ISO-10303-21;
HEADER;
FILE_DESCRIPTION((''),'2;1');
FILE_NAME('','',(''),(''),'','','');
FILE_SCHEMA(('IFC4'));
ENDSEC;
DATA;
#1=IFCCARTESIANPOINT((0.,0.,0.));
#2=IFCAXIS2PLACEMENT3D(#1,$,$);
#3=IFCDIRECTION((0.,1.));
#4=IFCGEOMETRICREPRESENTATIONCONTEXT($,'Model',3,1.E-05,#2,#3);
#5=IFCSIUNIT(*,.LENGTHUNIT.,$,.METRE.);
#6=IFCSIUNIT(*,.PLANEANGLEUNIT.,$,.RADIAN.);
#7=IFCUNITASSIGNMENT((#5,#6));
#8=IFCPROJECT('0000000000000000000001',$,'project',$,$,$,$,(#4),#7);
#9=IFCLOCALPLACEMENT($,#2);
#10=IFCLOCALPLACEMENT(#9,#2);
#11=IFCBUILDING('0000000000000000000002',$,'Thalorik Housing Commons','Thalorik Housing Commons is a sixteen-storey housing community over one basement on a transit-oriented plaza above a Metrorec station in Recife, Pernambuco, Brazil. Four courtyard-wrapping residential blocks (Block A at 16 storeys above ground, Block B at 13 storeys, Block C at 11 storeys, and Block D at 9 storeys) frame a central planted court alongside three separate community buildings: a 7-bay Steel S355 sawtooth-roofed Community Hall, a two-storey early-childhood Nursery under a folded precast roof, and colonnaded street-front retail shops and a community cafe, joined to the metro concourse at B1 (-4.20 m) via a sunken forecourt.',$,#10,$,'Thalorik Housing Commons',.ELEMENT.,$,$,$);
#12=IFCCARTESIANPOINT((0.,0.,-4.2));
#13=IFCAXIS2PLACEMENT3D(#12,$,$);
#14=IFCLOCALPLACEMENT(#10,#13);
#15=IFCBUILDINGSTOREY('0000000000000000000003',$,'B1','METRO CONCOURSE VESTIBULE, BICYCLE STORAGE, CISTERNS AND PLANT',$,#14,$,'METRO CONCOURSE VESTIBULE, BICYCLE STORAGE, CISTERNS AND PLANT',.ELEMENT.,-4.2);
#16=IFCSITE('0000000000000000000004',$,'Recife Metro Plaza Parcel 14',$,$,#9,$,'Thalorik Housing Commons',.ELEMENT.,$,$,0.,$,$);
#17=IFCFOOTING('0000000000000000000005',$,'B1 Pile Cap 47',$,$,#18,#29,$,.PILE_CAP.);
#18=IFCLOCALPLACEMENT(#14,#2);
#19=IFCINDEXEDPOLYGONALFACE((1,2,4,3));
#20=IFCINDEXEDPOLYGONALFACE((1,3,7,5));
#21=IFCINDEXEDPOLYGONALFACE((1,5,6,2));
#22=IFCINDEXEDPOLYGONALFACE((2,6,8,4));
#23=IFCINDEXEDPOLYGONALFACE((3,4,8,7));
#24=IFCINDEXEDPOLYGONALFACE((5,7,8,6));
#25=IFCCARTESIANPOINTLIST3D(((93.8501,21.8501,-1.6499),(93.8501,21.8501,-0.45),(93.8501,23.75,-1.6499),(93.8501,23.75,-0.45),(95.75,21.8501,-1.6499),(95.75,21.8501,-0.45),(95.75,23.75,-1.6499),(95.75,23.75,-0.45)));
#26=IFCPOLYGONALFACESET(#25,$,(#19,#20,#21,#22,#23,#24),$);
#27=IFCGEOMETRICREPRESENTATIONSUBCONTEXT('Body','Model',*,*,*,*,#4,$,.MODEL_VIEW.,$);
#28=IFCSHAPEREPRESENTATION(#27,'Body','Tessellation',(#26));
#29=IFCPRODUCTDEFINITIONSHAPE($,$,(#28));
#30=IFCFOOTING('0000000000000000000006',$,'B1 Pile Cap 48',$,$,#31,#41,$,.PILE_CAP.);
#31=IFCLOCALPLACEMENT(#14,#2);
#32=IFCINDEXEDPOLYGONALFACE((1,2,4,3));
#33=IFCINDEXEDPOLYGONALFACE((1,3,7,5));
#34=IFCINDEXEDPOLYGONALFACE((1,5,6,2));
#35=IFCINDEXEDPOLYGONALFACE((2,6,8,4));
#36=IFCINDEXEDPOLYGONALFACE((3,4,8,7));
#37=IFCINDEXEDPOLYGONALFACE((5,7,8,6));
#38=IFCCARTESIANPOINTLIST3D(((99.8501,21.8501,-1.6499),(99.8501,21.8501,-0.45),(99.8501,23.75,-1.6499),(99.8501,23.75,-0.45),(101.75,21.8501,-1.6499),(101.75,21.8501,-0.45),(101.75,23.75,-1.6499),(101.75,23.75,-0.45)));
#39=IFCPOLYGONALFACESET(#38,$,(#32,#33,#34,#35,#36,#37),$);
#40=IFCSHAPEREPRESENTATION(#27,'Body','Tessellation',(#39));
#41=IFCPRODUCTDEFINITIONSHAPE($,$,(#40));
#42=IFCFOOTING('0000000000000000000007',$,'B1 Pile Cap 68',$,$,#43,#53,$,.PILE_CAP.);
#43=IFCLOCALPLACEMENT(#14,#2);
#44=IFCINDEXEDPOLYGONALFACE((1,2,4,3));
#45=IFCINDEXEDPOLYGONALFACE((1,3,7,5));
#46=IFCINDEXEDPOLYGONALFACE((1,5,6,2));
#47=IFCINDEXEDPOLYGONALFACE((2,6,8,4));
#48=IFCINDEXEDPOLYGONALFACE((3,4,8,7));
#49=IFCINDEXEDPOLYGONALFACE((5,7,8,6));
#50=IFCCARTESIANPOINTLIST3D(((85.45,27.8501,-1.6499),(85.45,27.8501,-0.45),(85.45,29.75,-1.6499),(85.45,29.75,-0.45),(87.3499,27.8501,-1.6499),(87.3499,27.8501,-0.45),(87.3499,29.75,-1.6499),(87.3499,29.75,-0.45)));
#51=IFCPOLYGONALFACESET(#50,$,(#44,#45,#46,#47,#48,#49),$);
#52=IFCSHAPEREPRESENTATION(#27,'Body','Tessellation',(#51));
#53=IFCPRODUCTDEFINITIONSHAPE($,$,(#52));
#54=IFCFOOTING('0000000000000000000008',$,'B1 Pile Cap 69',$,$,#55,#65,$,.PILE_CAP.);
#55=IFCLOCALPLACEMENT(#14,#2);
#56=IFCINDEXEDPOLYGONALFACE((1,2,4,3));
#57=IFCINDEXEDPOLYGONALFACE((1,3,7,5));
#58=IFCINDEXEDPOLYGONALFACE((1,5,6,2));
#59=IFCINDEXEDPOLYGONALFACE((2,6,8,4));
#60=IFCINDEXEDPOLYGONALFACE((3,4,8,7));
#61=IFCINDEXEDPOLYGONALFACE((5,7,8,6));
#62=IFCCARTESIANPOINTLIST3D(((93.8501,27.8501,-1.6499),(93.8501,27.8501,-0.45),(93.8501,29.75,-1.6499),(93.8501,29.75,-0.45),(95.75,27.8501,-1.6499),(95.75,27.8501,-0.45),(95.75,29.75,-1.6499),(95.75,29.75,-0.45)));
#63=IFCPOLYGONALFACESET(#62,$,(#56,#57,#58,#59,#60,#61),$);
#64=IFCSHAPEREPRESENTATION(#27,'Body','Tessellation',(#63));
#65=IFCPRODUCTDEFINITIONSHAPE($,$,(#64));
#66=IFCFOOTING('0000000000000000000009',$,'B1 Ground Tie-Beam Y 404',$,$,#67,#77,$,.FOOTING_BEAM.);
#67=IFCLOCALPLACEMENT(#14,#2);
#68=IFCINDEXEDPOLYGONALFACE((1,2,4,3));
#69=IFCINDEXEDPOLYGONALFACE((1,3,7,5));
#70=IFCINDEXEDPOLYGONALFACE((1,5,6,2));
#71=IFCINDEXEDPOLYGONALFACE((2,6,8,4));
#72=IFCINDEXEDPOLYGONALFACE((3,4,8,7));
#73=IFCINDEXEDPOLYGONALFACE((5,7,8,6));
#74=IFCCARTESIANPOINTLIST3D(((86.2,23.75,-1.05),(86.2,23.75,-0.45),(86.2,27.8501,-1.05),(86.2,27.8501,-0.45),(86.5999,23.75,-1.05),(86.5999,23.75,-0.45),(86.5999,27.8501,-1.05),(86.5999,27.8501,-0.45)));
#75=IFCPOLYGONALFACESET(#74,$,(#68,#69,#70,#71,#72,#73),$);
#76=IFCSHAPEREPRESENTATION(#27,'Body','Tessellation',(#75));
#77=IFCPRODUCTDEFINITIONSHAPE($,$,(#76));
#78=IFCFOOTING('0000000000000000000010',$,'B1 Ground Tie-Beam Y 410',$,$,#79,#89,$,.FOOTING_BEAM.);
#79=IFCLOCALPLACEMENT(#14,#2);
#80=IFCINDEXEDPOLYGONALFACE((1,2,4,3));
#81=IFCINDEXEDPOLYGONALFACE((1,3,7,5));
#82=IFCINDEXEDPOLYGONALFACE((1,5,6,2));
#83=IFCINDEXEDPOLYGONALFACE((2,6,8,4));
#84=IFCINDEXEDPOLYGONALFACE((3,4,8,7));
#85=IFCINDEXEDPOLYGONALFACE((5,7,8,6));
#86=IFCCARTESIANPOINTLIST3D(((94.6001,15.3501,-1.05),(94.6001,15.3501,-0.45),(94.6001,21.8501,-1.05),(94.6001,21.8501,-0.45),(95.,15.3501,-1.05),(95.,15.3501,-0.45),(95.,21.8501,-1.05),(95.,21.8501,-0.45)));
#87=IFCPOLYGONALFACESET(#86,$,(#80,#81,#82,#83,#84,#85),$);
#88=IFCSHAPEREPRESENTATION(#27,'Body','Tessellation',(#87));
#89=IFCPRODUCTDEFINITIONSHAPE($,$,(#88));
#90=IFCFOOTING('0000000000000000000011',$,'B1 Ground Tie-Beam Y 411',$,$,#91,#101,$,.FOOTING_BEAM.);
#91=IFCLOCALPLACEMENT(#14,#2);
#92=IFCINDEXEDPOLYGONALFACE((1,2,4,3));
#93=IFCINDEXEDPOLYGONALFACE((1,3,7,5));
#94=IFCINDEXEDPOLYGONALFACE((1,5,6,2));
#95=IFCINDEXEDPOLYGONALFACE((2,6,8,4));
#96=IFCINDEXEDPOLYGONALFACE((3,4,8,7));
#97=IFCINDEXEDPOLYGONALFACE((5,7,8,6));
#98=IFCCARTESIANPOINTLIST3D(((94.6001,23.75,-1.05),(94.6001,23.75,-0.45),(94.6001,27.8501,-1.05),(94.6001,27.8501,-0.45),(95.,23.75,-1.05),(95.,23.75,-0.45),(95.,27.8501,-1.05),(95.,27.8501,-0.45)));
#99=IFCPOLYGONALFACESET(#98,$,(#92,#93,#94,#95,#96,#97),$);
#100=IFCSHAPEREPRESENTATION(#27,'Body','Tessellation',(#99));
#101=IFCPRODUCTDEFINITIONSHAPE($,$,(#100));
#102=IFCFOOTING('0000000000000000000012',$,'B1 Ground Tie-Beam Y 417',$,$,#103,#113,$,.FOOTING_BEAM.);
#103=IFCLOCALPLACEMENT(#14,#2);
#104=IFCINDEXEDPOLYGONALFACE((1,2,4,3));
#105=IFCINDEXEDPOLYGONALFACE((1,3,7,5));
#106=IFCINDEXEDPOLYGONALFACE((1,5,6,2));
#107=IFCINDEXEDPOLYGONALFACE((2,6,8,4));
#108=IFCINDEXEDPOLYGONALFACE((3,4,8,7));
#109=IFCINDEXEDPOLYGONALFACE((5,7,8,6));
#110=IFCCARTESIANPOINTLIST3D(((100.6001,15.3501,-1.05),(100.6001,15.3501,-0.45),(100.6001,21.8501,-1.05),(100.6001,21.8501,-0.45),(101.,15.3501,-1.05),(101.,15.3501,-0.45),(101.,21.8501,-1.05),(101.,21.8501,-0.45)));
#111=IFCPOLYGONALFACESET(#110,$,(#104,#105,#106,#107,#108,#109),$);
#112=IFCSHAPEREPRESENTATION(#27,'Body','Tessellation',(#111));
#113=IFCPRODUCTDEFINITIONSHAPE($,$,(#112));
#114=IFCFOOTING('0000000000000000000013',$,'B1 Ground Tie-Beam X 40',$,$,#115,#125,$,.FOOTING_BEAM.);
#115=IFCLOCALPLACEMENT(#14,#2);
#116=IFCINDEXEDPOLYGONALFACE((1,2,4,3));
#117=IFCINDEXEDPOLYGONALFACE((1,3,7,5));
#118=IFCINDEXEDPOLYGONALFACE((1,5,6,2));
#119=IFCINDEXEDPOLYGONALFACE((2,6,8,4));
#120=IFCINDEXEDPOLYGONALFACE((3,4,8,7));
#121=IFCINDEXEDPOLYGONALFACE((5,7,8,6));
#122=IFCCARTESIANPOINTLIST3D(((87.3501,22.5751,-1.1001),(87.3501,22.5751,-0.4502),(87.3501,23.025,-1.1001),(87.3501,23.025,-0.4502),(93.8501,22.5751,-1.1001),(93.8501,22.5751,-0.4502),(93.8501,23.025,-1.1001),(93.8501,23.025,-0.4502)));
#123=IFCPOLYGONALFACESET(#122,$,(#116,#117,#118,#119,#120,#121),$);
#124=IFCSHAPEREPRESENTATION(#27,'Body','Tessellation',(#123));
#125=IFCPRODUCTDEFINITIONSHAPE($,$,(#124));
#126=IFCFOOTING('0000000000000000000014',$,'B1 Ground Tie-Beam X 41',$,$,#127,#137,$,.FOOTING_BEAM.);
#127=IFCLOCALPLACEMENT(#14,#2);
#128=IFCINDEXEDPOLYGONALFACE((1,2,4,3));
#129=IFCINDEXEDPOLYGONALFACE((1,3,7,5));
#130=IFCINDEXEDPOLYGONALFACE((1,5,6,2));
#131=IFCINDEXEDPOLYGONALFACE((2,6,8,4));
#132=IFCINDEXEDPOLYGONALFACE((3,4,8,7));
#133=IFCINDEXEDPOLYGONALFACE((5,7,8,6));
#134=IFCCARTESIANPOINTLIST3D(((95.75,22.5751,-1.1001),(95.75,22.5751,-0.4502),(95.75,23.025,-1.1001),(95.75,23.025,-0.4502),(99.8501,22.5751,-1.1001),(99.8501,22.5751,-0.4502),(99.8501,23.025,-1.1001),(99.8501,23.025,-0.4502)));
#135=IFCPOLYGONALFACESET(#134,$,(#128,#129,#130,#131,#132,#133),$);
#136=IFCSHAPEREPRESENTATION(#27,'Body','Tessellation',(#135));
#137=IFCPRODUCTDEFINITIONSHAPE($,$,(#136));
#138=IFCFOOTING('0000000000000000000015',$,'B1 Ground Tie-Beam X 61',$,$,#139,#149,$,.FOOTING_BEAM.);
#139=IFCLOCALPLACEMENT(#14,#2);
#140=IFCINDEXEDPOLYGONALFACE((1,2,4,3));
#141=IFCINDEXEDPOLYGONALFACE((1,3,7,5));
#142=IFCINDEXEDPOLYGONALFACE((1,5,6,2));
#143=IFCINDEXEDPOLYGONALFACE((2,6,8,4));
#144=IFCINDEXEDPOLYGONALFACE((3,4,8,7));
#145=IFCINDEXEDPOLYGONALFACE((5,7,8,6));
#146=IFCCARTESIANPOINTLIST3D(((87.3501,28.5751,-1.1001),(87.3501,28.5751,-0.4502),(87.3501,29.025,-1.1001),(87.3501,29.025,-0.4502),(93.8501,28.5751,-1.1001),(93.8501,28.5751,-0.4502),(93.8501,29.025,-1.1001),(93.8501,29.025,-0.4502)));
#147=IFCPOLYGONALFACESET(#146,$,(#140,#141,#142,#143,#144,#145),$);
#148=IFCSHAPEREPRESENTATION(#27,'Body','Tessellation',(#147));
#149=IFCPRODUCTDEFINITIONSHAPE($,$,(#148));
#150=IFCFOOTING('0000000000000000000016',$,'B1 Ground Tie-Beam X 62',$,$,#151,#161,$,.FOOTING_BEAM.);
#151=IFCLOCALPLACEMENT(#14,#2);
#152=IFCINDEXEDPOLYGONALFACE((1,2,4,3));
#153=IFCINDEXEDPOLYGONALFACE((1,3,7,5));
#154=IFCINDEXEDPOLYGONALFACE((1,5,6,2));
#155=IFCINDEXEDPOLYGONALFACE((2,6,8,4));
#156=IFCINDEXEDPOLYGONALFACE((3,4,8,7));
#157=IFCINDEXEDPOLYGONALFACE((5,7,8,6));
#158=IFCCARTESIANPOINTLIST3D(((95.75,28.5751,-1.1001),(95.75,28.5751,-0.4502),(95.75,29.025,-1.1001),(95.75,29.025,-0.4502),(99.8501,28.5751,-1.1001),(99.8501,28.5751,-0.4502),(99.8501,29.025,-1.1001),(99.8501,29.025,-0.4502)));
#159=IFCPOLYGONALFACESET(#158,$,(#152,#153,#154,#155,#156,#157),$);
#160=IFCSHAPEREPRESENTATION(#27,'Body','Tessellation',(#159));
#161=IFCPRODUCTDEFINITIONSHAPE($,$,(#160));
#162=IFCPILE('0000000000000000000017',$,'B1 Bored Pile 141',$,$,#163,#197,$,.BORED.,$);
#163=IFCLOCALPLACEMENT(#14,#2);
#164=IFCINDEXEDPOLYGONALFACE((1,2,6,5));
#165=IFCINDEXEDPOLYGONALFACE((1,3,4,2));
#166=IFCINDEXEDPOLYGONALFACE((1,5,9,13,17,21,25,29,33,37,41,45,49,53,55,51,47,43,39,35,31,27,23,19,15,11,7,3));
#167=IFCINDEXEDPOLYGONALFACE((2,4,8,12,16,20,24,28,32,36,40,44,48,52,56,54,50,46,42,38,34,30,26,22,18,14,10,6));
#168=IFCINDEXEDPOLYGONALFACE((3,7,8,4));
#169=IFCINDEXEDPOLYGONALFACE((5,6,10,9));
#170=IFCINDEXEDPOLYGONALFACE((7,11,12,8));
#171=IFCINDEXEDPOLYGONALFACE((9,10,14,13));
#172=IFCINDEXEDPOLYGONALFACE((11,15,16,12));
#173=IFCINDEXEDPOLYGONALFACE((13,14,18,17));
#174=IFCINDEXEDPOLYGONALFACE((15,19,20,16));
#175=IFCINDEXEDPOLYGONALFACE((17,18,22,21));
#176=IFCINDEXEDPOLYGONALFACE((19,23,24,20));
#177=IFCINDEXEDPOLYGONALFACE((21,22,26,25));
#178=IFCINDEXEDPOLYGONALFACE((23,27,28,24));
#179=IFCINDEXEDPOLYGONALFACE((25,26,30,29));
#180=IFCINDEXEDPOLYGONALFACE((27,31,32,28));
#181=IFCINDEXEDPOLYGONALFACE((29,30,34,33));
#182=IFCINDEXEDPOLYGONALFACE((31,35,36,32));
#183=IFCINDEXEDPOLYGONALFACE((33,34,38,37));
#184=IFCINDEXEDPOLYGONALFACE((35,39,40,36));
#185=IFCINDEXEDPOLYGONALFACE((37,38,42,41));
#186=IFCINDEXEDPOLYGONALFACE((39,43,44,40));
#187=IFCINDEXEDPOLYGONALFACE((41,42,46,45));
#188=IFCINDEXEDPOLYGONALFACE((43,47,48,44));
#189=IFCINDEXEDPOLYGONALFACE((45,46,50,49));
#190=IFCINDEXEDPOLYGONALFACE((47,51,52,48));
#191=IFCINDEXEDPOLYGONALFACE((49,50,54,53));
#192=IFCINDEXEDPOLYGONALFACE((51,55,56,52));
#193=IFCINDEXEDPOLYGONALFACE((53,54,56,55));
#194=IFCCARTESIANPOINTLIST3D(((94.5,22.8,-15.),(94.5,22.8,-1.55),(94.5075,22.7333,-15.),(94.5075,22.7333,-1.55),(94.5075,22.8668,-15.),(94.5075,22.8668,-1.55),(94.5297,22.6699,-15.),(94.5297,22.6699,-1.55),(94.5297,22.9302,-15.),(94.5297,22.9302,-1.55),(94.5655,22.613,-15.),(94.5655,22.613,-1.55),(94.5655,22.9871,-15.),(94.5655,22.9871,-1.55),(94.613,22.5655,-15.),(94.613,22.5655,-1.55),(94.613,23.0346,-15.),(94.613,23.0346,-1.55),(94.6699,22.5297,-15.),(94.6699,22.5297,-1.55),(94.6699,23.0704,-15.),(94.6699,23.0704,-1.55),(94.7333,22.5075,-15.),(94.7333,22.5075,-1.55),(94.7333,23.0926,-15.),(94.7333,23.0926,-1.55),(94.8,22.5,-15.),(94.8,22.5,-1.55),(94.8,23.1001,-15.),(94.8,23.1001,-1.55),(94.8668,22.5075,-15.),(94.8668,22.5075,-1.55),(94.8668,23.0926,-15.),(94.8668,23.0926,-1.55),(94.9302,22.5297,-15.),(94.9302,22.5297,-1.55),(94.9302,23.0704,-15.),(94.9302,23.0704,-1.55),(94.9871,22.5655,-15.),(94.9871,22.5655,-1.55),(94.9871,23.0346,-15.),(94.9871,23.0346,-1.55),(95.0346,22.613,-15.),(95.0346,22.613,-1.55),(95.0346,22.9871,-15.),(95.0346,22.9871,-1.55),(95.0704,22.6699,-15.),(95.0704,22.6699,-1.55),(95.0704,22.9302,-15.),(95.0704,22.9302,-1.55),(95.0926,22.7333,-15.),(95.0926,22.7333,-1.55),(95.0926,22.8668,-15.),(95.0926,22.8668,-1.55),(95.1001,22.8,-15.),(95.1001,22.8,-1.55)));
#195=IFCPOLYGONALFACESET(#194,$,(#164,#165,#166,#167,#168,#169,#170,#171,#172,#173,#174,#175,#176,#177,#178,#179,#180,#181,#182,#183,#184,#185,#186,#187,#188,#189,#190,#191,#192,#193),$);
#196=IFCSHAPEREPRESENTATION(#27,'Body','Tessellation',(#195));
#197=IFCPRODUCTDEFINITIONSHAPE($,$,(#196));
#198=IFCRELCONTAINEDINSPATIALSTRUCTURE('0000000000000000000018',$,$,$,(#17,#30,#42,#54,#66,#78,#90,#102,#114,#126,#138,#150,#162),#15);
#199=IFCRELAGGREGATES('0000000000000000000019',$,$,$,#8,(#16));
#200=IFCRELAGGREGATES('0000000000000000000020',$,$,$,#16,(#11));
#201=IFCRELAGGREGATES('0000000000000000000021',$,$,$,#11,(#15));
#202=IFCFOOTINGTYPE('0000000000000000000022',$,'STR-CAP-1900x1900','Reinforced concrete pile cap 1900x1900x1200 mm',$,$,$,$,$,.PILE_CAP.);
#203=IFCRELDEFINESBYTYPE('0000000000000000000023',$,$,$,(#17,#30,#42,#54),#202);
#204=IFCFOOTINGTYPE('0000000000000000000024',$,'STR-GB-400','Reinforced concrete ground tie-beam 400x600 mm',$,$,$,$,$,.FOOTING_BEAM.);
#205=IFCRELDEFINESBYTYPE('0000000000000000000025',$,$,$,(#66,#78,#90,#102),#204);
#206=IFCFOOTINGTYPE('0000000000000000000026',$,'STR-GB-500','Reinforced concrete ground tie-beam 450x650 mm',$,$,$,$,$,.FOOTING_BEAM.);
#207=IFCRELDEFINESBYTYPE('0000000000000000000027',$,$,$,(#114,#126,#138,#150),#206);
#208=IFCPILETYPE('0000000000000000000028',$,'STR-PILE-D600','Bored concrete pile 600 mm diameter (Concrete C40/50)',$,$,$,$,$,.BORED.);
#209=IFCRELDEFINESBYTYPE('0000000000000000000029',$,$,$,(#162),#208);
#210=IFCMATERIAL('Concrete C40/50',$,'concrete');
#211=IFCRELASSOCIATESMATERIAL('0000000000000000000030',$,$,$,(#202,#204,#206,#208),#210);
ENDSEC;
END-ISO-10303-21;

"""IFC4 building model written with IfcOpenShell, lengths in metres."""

from ifc_helpers import new_model, si_unit, direction, frame, origin, origin_2d, place, context, subcontext, project, spatial, rectangle, circle, extrude, material, material_profile, profile_set, type_object, element, save


model = new_model("IFC4")

# Units and contexts
model_context = context("Model", 3, precision=1e-05, world=origin(), true_north=direction((0.0, 1.0)))
body_context = subcontext(model_context, "Body", "Model", "MODEL_VIEW")
ifc_project = project(units=[si_unit("LENGTHUNIT", "METRE"), si_unit("PLANEANGLEUNIT", "RADIAN")], contexts=[model_context])

# Site, building, storey
site_placement = place(None, origin())
site = spatial("IfcSite", under=ifc_project, at=site_placement, Name="Recife Metro Plaza Parcel 14", LongName="Thalorik Housing Commons", CompositionType="ELEMENT", RefElevation=0.0)
building_placement = place(site_placement, origin())
building = spatial("IfcBuilding", under=site, at=building_placement, Name="Thalorik Housing Commons", Description="Thalorik Housing Commons is a sixteen-storey housing community over one basement on a transit-oriented plaza above a Metrorec station in Recife, Pernambuco, Brazil. Four courtyard-wrapping residential blocks (Block A at 16 storeys above ground, Block B at 13 storeys, Block C at 11 storeys, and Block D at 9 storeys) frame a central planted court alongside three separate community buildings: a 7-bay Steel S355 sawtooth-roofed Community Hall, a two-storey early-childhood Nursery under a folded precast roof, and colonnaded street-front retail shops and a community cafe, joined to the metro concourse at B1 (-4.20 m) via a sunken forecourt.", LongName="Thalorik Housing Commons", CompositionType="ELEMENT")
storey_placement = place(building_placement, frame((0.0, 0.0, -4.2)))
storey = spatial("IfcBuildingStorey", under=building, at=storey_placement, Name="B1", Description="METRO CONCOURSE VESTIBULE, BICYCLE STORAGE, CISTERNS AND PLANT", LongName="METRO CONCOURSE VESTIBULE, BICYCLE STORAGE, CISTERNS AND PLANT", CompositionType="ELEMENT", Elevation=-4.2)

# Footings
ifc_material_1 = material(Name="Concrete C40/50", Category="concrete")
footing_type_1 = type_object("IfcFootingType", Name="STR-CAP-1900x1900", Description="Reinforced concrete pile cap 1900x1900x1200 mm", PredefinedType="PILE_CAP", material=ifc_material_1)
for number, where, z_axis, x_axis, name in (
    (1, (94.8, 22.8, -1.6499), (0.0, 0.0, 1.0), (1.0, 0.0, 0.0), "B1 Pile Cap 47"),
    (2, (100.8, 22.8, -1.6499), (0.0, 0.0, 1.0), (1.0, 0.0, 0.0), "B1 Pile Cap 48"),
    (3, (86.3999, 28.8, -1.6499), (0.0, 0.0, 1.0), (1.0, 0.0, 0.0), "B1 Pile Cap 68"),
    (4, (94.8, 28.8, -1.6499), (0.0, 0.0, 1.0), (1.0, 0.0, 0.0), "B1 Pile Cap 69"),
):
    element("IfcFooting", number, at=place(storey_placement, frame(where, z_axis=z_axis, x_axis=x_axis)), inside=storey, type_object=footing_type_1, Name=name, PredefinedType="PILE_CAP", context=body_context, shape_type="SweptSolid", body=[
        extrude(rectangle(XDim=1.8999, YDim=1.8999, at=origin_2d()), origin(), (0.0, 0.0, 1.0), 1.2),
    ])
ifc_material_profile_1 = material_profile(ifc_material_1, rectangle(XDim=0.3999, YDim=0.6001, at=origin_2d()), Name="RC 400x600", Category="concrete")
ifc_profile_set_1 = profile_set([ifc_material_profile_1], Name="Concrete C40/50")
footing_type_2 = type_object("IfcFootingType", Name="STR-GB-400", Description="Reinforced concrete ground tie-beam 400x600 mm", PredefinedType="FOOTING_BEAM", material=ifc_profile_set_1)
footing_1_placement = place(storey_placement, frame((86.3999, 23.75, -0.75), z_axis=(0.0, 1.0, 0.0), x_axis=(-1.0, 0.0, 0.0)))
element("IfcFooting", 5, at=footing_1_placement, inside=storey, type_object=footing_type_2, Name="B1 Ground Tie-Beam Y 404", PredefinedType="FOOTING_BEAM", context=body_context, shape_type="SweptSolid", body=[
    extrude(rectangle(XDim=0.3999, YDim=0.6001, at=origin_2d()), origin(), (0.0, 0.0, 1.0), 4.1001),
])
footing_2_placement = place(storey_placement, frame((94.8, 15.3501, -0.75), z_axis=(0.0, 1.0, 0.0), x_axis=(-1.0, 0.0, 0.0)))
element("IfcFooting", 6, at=footing_2_placement, inside=storey, type_object=footing_type_2, Name="B1 Ground Tie-Beam Y 410", PredefinedType="FOOTING_BEAM", context=body_context, shape_type="SweptSolid", body=[
    extrude(rectangle(XDim=0.3999, YDim=0.6001, at=origin_2d()), origin(), (0.0, 0.0, 1.0), 6.5),
])
footing_3_placement = place(storey_placement, frame((94.8, 23.75, -0.75), z_axis=(0.0, 1.0, 0.0), x_axis=(-1.0, 0.0, 0.0)))
element("IfcFooting", 7, at=footing_3_placement, inside=storey, type_object=footing_type_2, Name="B1 Ground Tie-Beam Y 411", PredefinedType="FOOTING_BEAM", context=body_context, shape_type="SweptSolid", body=[
    extrude(rectangle(XDim=0.3999, YDim=0.6001, at=origin_2d()), origin(), (0.0, 0.0, 1.0), 4.1001),
])
footing_4_placement = place(storey_placement, frame((100.8, 15.3501, -0.75), z_axis=(0.0, 1.0, 0.0), x_axis=(-1.0, 0.0, 0.0)))
element("IfcFooting", 8, at=footing_4_placement, inside=storey, type_object=footing_type_2, Name="B1 Ground Tie-Beam Y 417", PredefinedType="FOOTING_BEAM", context=body_context, shape_type="SweptSolid", body=[
    extrude(rectangle(XDim=0.3999, YDim=0.6001, at=origin_2d()), origin(), (0.0, 0.0, 1.0), 6.5),
])
ifc_material_profile_2 = material_profile(ifc_material_1, rectangle(XDim=0.45, YDim=0.6499, at=origin_2d()), Name="RC 450x650", Category="concrete")
ifc_profile_set_2 = profile_set([ifc_material_profile_2], Name="Concrete C40/50")
footing_type_3 = type_object("IfcFootingType", Name="STR-GB-500", Description="Reinforced concrete ground tie-beam 450x650 mm", PredefinedType="FOOTING_BEAM", material=ifc_profile_set_2)
footing_5_placement = place(storey_placement, frame((87.3501, 22.8, -0.7751), z_axis=(1.0, 0.0, 0.0), x_axis=(0.0, 1.0, 0.0)))
element("IfcFooting", 9, at=footing_5_placement, inside=storey, type_object=footing_type_3, Name="B1 Ground Tie-Beam X 40", PredefinedType="FOOTING_BEAM", context=body_context, shape_type="SweptSolid", body=[
    extrude(rectangle(XDim=0.45, YDim=0.6499, at=origin_2d()), origin(), (0.0, 0.0, 1.0), 6.5),
])
footing_6_placement = place(storey_placement, frame((95.75, 22.8, -0.7751), z_axis=(1.0, 0.0, 0.0), x_axis=(0.0, 1.0, 0.0)))
element("IfcFooting", 10, at=footing_6_placement, inside=storey, type_object=footing_type_3, Name="B1 Ground Tie-Beam X 41", PredefinedType="FOOTING_BEAM", context=body_context, shape_type="SweptSolid", body=[
    extrude(rectangle(XDim=0.45, YDim=0.6499, at=origin_2d()), origin(), (0.0, 0.0, 1.0), 4.1001),
])
footing_7_placement = place(storey_placement, frame((87.3501, 28.8, -0.7751), z_axis=(1.0, 0.0, 0.0), x_axis=(0.0, 1.0, 0.0)))
element("IfcFooting", 11, at=footing_7_placement, inside=storey, type_object=footing_type_3, Name="B1 Ground Tie-Beam X 61", PredefinedType="FOOTING_BEAM", context=body_context, shape_type="SweptSolid", body=[
    extrude(rectangle(XDim=0.45, YDim=0.6499, at=origin_2d()), origin(), (0.0, 0.0, 1.0), 6.5),
])
footing_8_placement = place(storey_placement, frame((95.75, 28.8, -0.7751), z_axis=(1.0, 0.0, 0.0), x_axis=(0.0, 1.0, 0.0)))
element("IfcFooting", 12, at=footing_8_placement, inside=storey, type_object=footing_type_3, Name="B1 Ground Tie-Beam X 62", PredefinedType="FOOTING_BEAM", context=body_context, shape_type="SweptSolid", body=[
    extrude(rectangle(XDim=0.45, YDim=0.6499, at=origin_2d()), origin(), (0.0, 0.0, 1.0), 4.1001),
])

# Pile
ifc_material_profile_3 = material_profile(ifc_material_1, circle(Radius=0.3, at=origin_2d()), Name="BORED PILE D600", Category="concrete")
ifc_profile_set_3 = profile_set([ifc_material_profile_3], Name="Concrete C40/50")
pile_type = type_object("IfcPileType", Name="STR-PILE-D600", Description="Bored concrete pile 600 mm diameter (Concrete C40/50)", PredefinedType="BORED", material=ifc_profile_set_3)
for number, where, z_axis, x_axis, name in (
    (13, (94.8, 22.8, -1.55), (0.0, 0.0, -1.0), (1.0, 0.0, 0.0), "B1 Bored Pile 141"),
):
    element("IfcPile", number, at=place(storey_placement, frame(where, z_axis=z_axis, x_axis=x_axis)), inside=storey, type_object=pile_type, Name=name, PredefinedType="BORED", context=body_context, shape_type="SweptSolid", body=[
        extrude(circle(Radius=0.3, at=origin_2d()), origin(), (0.0, 0.0, 1.0), 13.45),
    ])

save(model, "model.ifc")
